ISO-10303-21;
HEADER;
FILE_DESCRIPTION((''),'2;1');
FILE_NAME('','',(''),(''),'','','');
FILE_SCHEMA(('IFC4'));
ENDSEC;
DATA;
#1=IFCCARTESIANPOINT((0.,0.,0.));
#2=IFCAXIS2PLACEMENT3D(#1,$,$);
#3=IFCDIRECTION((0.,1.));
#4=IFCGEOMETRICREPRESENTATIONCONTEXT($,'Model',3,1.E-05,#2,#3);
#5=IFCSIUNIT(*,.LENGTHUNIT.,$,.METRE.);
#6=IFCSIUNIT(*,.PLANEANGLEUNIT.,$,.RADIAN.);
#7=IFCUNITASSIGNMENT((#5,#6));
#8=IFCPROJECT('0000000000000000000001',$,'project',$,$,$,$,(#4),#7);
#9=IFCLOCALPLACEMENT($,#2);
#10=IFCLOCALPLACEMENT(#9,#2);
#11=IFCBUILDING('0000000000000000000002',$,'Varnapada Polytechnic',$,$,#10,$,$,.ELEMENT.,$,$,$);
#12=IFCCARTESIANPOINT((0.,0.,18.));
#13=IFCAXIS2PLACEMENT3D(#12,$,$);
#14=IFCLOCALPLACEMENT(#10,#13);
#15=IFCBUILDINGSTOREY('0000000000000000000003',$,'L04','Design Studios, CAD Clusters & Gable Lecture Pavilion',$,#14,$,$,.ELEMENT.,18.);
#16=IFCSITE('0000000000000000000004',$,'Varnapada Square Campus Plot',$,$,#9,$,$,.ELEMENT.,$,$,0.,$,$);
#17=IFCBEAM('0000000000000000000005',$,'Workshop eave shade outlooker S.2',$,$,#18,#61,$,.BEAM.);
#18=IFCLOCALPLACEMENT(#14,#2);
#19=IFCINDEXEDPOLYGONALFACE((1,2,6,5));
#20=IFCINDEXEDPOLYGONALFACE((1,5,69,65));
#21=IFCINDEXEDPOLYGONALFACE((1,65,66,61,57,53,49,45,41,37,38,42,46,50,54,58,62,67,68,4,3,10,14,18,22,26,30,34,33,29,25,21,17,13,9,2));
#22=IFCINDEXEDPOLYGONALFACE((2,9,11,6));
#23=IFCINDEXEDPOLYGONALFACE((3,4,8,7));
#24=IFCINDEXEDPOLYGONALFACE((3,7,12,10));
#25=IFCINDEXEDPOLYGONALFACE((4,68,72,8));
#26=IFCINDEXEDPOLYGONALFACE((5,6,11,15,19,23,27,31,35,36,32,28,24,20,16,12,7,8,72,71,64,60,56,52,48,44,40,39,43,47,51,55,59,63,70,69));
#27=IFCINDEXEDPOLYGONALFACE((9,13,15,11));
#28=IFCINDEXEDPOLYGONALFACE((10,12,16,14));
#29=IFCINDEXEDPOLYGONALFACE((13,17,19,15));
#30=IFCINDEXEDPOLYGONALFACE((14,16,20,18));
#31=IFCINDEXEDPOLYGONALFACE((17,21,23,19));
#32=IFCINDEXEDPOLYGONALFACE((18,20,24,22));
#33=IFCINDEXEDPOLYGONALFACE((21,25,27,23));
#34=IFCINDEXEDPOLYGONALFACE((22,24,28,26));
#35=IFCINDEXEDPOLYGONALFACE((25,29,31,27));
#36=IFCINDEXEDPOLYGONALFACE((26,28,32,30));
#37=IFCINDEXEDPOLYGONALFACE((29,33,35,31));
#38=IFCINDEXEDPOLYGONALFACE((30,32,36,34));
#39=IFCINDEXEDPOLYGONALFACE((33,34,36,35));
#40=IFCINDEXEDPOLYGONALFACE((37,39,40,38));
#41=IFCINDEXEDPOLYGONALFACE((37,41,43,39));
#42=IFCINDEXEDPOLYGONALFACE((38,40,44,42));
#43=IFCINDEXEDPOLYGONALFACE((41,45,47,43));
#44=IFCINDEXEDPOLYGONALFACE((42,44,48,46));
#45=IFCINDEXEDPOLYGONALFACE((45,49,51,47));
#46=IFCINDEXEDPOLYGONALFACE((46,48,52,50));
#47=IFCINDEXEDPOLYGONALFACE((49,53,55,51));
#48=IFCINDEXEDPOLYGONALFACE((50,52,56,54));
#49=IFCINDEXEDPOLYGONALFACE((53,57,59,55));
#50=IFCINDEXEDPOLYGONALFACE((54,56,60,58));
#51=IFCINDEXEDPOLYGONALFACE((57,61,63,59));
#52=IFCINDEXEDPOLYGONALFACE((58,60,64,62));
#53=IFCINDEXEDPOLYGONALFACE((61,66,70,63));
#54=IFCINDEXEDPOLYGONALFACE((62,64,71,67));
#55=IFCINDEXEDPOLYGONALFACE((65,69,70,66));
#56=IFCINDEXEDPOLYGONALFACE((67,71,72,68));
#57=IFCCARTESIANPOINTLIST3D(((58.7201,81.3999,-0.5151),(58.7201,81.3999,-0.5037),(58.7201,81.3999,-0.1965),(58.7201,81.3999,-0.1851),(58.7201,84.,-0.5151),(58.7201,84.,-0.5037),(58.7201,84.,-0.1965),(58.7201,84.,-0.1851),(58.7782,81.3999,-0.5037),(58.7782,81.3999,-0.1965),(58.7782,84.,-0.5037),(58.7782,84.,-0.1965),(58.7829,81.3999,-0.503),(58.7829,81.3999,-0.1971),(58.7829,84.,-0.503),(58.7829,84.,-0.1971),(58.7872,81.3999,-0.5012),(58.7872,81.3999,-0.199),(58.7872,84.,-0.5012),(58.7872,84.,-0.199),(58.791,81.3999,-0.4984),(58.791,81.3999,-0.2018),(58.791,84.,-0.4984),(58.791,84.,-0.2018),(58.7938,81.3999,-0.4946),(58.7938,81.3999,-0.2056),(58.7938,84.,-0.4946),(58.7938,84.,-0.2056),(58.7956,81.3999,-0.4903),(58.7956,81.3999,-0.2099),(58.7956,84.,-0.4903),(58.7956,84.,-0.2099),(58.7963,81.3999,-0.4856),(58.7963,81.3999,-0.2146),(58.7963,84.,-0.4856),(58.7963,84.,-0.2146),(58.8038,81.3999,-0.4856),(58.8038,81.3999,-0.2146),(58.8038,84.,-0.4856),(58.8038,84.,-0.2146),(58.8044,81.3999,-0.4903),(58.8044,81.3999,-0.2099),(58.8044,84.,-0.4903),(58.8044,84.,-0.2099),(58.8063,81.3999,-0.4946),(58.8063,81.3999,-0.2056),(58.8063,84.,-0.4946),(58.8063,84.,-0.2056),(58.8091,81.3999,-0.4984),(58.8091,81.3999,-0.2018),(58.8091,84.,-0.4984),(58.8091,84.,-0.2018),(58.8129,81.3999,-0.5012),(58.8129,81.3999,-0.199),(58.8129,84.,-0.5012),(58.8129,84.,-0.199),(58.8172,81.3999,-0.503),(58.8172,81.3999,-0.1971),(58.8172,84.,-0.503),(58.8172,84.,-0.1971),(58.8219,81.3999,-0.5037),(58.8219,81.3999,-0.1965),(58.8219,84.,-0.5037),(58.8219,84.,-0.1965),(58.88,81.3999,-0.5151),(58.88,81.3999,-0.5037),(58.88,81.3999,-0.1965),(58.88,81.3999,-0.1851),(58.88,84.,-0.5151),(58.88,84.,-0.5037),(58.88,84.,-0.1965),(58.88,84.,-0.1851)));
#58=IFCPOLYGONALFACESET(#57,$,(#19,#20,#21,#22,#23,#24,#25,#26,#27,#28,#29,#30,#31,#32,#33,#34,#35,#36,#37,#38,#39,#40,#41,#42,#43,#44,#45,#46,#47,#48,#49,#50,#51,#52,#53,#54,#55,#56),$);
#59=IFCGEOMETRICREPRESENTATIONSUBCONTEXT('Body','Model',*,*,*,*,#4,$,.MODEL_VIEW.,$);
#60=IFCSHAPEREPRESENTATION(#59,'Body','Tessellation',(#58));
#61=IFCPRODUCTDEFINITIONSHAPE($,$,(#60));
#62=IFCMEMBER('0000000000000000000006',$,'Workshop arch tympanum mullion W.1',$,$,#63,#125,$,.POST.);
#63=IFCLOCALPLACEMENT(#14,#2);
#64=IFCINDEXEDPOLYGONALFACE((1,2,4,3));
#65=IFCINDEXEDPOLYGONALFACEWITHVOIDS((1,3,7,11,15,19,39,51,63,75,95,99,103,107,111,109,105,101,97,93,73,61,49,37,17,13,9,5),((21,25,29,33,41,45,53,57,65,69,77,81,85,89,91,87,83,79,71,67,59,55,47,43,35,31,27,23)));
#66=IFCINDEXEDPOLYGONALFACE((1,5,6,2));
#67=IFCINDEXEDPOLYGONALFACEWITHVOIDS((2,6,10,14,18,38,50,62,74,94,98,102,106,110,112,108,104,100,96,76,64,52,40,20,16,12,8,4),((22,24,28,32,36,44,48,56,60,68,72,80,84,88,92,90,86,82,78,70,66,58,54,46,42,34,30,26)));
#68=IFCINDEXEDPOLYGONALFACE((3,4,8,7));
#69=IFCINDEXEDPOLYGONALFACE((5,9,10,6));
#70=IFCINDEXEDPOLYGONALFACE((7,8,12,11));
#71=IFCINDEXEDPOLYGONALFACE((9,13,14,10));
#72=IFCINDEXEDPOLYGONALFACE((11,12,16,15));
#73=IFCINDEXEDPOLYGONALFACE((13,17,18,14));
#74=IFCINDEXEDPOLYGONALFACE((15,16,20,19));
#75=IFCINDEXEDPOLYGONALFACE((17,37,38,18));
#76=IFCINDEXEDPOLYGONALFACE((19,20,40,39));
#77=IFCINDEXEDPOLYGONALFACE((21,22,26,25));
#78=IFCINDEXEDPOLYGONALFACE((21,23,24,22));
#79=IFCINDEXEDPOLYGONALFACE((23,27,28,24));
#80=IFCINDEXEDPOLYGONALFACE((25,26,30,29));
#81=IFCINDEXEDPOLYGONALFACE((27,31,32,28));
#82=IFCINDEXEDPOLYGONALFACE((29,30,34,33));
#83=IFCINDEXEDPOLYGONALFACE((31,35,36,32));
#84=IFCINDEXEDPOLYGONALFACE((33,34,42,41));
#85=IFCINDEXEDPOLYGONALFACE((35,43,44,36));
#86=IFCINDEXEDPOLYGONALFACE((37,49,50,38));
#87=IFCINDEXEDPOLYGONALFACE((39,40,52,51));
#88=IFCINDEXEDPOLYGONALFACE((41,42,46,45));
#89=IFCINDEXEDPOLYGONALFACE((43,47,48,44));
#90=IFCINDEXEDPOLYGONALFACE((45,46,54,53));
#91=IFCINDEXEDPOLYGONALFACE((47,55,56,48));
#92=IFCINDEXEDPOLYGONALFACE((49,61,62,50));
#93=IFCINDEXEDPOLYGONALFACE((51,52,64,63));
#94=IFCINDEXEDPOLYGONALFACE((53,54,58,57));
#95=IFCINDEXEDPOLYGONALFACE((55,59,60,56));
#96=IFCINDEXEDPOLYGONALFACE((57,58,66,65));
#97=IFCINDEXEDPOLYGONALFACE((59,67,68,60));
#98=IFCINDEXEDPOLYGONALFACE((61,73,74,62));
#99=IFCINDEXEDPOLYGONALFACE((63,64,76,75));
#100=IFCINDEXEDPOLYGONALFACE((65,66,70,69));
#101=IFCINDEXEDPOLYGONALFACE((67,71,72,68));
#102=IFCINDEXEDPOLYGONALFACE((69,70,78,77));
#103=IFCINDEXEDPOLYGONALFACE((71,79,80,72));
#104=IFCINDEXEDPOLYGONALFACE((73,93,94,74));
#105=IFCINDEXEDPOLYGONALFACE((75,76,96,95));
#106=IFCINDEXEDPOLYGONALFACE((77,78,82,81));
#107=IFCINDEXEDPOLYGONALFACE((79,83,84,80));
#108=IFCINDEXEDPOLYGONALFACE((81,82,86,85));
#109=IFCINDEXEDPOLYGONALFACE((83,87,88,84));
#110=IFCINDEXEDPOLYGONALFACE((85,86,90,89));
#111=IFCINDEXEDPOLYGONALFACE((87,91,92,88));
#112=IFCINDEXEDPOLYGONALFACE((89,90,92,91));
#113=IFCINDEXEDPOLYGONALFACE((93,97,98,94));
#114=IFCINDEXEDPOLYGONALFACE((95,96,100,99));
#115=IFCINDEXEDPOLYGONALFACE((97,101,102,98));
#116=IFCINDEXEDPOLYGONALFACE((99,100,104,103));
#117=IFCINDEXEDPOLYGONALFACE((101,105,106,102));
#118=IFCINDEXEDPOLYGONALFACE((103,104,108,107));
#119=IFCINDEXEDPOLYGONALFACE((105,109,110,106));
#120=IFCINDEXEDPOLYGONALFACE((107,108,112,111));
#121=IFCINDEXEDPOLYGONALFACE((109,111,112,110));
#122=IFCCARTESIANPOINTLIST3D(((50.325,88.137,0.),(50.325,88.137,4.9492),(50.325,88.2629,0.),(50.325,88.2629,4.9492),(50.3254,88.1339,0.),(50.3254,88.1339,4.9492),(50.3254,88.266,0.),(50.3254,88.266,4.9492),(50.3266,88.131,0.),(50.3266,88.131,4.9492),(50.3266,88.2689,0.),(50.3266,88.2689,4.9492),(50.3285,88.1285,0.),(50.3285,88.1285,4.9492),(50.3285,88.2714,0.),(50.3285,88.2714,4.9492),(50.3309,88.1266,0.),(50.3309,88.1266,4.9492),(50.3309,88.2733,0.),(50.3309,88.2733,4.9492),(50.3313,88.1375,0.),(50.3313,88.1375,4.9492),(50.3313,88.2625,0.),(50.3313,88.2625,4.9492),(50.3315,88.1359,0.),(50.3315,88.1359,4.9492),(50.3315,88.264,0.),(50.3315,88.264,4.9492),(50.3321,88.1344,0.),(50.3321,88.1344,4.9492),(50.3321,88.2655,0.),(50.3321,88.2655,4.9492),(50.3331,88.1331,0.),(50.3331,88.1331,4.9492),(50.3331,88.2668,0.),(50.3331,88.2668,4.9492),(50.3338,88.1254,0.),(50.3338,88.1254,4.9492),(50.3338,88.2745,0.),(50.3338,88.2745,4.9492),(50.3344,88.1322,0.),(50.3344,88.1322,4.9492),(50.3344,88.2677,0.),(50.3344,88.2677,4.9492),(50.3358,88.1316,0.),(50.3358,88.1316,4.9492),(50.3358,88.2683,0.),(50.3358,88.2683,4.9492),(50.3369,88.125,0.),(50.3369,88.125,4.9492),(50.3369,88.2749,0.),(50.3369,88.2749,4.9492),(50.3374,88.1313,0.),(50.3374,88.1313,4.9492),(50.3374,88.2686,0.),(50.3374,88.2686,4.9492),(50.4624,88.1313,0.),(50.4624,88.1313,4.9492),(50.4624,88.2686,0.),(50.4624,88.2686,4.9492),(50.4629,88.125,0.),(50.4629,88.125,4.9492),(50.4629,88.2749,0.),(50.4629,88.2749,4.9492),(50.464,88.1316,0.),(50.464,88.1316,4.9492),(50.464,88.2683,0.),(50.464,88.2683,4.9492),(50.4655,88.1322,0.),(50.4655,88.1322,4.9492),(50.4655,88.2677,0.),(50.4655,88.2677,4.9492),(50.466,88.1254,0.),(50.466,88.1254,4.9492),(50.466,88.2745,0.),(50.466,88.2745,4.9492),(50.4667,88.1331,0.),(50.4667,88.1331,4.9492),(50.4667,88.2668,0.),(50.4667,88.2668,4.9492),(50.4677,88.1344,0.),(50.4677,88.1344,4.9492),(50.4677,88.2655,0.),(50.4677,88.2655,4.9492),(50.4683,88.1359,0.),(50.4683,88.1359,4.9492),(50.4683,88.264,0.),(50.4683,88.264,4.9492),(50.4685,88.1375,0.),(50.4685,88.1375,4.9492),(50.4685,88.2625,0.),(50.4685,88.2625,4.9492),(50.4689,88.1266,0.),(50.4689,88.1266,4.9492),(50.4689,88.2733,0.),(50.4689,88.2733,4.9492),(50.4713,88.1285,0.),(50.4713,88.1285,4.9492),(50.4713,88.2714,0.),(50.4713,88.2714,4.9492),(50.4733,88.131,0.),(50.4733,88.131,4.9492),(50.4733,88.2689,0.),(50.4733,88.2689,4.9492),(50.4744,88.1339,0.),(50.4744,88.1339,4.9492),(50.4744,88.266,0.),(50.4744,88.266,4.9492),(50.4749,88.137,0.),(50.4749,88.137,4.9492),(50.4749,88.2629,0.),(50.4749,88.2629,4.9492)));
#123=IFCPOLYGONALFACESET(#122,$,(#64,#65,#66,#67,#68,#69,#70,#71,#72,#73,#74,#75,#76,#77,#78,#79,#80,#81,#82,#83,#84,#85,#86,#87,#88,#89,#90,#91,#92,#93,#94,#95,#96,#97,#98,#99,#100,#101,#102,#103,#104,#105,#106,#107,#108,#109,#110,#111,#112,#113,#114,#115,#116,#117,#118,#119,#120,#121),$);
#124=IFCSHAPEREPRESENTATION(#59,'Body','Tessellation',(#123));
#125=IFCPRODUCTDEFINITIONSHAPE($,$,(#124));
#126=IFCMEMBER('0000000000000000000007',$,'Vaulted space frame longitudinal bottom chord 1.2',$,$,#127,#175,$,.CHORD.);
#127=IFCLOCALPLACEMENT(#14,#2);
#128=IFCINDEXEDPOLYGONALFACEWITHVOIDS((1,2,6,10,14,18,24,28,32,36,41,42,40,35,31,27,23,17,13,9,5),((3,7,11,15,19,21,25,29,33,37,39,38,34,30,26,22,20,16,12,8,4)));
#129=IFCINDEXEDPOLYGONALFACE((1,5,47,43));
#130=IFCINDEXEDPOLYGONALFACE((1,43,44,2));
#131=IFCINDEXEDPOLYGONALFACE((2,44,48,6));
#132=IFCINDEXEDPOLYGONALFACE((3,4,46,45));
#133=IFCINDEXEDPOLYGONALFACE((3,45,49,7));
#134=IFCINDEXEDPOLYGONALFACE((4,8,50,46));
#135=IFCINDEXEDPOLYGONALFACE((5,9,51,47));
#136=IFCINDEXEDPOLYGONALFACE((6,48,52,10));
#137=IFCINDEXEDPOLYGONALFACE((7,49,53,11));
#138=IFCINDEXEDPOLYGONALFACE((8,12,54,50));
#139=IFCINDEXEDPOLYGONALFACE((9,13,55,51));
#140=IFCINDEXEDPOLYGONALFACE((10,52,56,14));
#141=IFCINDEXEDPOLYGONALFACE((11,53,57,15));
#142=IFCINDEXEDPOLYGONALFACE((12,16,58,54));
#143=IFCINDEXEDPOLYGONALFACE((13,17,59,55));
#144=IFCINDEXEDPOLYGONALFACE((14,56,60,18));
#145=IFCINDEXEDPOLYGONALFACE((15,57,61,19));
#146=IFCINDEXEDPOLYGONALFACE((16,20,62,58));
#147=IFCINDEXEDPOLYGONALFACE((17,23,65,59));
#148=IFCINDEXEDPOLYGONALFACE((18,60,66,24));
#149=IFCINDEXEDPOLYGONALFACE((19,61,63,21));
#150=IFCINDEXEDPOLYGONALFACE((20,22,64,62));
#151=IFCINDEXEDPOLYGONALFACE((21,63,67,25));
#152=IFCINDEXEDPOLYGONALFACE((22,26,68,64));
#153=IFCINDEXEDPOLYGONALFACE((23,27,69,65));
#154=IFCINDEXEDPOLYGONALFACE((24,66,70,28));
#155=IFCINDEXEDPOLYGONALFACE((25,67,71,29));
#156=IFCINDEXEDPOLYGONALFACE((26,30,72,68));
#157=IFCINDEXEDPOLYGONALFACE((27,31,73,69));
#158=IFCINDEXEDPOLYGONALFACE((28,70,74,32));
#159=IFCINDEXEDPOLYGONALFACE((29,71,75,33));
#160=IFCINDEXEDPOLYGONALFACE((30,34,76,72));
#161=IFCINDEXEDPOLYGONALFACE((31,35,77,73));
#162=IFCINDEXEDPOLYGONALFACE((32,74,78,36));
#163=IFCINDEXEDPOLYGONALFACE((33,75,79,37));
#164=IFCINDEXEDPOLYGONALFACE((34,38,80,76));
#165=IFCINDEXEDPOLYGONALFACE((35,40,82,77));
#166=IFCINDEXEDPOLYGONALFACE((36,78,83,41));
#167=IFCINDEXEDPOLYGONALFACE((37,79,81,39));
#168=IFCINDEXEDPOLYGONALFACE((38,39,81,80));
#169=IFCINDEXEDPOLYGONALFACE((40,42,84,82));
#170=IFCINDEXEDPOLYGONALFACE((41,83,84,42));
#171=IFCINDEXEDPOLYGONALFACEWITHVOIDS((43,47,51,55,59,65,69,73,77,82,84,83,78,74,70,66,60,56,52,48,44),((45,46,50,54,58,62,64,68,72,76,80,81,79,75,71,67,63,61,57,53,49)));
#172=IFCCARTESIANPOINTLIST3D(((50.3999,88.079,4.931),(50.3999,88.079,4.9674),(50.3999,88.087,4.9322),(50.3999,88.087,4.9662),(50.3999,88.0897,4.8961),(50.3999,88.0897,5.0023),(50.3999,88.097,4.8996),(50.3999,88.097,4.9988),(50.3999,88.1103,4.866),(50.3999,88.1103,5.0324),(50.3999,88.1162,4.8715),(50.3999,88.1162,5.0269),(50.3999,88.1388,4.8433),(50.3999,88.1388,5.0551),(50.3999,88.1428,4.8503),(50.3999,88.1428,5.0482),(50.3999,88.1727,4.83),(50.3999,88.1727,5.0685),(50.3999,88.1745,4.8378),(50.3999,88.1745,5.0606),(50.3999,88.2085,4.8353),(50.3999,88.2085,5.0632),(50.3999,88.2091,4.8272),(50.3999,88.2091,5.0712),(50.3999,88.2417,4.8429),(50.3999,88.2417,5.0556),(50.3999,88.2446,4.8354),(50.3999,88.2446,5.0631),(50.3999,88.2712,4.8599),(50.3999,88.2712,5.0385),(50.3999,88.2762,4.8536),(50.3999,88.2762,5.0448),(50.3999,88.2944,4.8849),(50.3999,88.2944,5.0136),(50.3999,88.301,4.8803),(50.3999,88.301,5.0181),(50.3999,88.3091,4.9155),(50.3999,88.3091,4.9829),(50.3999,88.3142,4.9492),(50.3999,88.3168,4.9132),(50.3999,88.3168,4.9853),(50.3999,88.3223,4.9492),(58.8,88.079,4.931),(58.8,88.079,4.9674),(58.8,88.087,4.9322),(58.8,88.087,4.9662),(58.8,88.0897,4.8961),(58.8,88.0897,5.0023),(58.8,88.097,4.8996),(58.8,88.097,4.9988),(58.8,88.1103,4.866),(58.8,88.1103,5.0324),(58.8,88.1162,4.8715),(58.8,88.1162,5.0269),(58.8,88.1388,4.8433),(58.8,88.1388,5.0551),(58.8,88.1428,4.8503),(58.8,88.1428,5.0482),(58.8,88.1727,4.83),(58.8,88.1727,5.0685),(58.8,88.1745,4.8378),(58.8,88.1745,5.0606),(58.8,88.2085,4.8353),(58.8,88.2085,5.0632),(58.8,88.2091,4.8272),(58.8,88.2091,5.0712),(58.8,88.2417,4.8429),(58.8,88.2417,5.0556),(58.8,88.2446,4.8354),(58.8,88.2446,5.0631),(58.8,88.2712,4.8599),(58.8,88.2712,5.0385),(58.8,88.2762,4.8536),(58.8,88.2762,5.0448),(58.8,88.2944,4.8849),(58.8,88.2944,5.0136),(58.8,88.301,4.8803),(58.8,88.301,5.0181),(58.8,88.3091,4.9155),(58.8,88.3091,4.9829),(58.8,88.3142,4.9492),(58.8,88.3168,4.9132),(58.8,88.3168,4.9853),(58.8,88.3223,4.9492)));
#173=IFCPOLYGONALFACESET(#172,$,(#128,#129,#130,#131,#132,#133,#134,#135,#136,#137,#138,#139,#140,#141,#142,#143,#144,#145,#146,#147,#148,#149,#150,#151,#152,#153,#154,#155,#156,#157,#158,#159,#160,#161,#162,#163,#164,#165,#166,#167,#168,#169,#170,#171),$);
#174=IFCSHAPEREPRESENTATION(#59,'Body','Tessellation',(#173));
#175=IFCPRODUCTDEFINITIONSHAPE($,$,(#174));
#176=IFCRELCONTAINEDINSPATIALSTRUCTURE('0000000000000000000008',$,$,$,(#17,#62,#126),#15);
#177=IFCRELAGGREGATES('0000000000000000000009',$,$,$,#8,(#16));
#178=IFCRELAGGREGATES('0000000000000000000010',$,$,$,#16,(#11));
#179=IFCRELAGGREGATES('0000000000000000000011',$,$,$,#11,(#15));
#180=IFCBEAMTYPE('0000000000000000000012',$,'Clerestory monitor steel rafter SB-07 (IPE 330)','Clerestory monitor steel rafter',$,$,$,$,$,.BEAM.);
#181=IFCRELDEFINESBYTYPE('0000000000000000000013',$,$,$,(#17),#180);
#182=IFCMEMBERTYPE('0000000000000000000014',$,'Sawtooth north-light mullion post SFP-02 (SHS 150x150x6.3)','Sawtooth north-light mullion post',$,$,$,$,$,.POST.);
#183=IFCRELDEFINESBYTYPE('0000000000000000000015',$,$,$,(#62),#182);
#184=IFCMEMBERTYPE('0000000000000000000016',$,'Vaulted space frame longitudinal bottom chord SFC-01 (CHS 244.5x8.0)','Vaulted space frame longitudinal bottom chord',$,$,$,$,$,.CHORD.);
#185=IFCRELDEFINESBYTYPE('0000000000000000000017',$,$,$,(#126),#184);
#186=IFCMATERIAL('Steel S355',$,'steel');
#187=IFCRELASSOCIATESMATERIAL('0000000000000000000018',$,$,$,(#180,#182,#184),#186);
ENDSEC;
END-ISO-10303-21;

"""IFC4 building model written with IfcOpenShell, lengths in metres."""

from ifc_helpers import new_model, si_unit, direction, frame, origin, origin_2d, place, context, subcontext, project, spatial, hollow_rectangle, hollow_circle, i_section, extrude, material, material_profile, profile_set, type_object, element, save


model = new_model("IFC4")

# Units and contexts
model_context = context("Model", 3, precision=1e-05, world=origin(), true_north=direction((0.0, 1.0)))
body_context = subcontext(model_context, "Body", "Model", "MODEL_VIEW")
ifc_project = project(units=[si_unit("LENGTHUNIT", "METRE"), si_unit("PLANEANGLEUNIT", "RADIAN")], contexts=[model_context])

# Site, building, storey
site_placement = place(None, origin())
site = spatial("IfcSite", under=ifc_project, at=site_placement, Name="Varnapada Square Campus Plot", CompositionType="ELEMENT", RefElevation=0.0)
building_placement = place(site_placement, origin())
building = spatial("IfcBuilding", under=site, at=building_placement, Name="Varnapada Polytechnic", CompositionType="ELEMENT")
storey_placement = place(building_placement, frame((0.0, 0.0, 18.0)))
storey = spatial("IfcBuildingStorey", under=building, at=storey_placement, Name="L04", Description="Design Studios, CAD Clusters & Gable Lecture Pavilion", CompositionType="ELEMENT", Elevation=18.0)

# Beam
ifc_material = material(Name="Steel S355", Category="steel")
ifc_material_profile_1 = material_profile(ifc_material, i_section(OverallWidth=0.1599, OverallDepth=0.3301, WebThickness=0.0076, FlangeThickness=0.0115, FilletRadius=0.0181, at=origin_2d()), Name="IPE 330")
ifc_profile_set_1 = profile_set([ifc_material_profile_1], Name="Steel S355")
beam_type_1 = type_object("IfcBeamType", Name="Clerestory monitor steel rafter SB-07 (IPE 330)", Description="Clerestory monitor steel rafter", PredefinedType="BEAM", material=ifc_profile_set_1)
beam_1_placement = place(storey_placement, frame((58.8, 84.0, -0.3501), z_axis=(0.0, -1.0, 0.0), x_axis=(1.0, 0.0, 0.0)))
element("IfcBeam", 1, at=beam_1_placement, inside=storey, type_object=beam_type_1, Name="Workshop eave shade outlooker S.2", PredefinedType="BEAM", context=body_context, shape_type="SweptSolid", body=[
    extrude(i_section(OverallWidth=0.1599, OverallDepth=0.3301, WebThickness=0.0076, FlangeThickness=0.0115, FilletRadius=0.0181, at=origin_2d()), origin(), (0.0, 0.0, 1.0), 2.6001),
])

# Members
ifc_material_profile_2 = material_profile(ifc_material, hollow_rectangle(XDim=0.1499, YDim=0.1499, WallThickness=0.0063, InnerFilletRadius=0.0061, OuterFilletRadius=0.012, at=origin_2d()), Name="SHS 150x150x6.3")
ifc_profile_set_2 = profile_set([ifc_material_profile_2], Name="Steel S355")
member_type_1 = type_object("IfcMemberType", Name="Sawtooth north-light mullion post SFP-02 (SHS 150x150x6.3)", Description="Sawtooth north-light mullion post", PredefinedType="POST", material=ifc_profile_set_2)
member_1_placement = place(storey_placement, frame((50.3999, 88.2, 0.0), z_axis=(0.0, 0.0, 1.0), x_axis=(1.0, 0.0, 0.0)))
element("IfcMember", 2, at=member_1_placement, inside=storey, type_object=member_type_1, Name="Workshop arch tympanum mullion W.1", PredefinedType="POST", context=body_context, shape_type="SweptSolid", body=[
    extrude(hollow_rectangle(XDim=0.1499, YDim=0.1499, WallThickness=0.0063, InnerFilletRadius=0.0061, OuterFilletRadius=0.012, at=origin_2d()), origin(), (0.0, 0.0, 1.0), 4.9492),
])
ifc_material_profile_3 = material_profile(ifc_material, hollow_circle(Radius=0.1223, WallThickness=0.0081, at=origin_2d()), Name="CHS 244.5x8.0")
ifc_profile_set_3 = profile_set([ifc_material_profile_3], Name="Steel S355")
member_type_2 = type_object("IfcMemberType", Name="Vaulted space frame longitudinal bottom chord SFC-01 (CHS 244.5x8.0)", Description="Vaulted space frame longitudinal bottom chord", PredefinedType="CHORD", material=ifc_profile_set_3)
member_2_placement = place(storey_placement, frame((50.3999, 88.2, 4.9492), z_axis=(1.0, 0.0, 0.0), x_axis=(0.0, 1.0, 0.0)))
element("IfcMember", 3, at=member_2_placement, inside=storey, type_object=member_type_2, Name="Vaulted space frame longitudinal bottom chord 1.2", PredefinedType="CHORD", context=body_context, shape_type="SweptSolid", body=[
    extrude(hollow_circle(Radius=0.1223, WallThickness=0.0081, at=origin_2d()), origin(), (0.0, 0.0, 1.0), 8.4001),
])

save(model, "model.ifc")
